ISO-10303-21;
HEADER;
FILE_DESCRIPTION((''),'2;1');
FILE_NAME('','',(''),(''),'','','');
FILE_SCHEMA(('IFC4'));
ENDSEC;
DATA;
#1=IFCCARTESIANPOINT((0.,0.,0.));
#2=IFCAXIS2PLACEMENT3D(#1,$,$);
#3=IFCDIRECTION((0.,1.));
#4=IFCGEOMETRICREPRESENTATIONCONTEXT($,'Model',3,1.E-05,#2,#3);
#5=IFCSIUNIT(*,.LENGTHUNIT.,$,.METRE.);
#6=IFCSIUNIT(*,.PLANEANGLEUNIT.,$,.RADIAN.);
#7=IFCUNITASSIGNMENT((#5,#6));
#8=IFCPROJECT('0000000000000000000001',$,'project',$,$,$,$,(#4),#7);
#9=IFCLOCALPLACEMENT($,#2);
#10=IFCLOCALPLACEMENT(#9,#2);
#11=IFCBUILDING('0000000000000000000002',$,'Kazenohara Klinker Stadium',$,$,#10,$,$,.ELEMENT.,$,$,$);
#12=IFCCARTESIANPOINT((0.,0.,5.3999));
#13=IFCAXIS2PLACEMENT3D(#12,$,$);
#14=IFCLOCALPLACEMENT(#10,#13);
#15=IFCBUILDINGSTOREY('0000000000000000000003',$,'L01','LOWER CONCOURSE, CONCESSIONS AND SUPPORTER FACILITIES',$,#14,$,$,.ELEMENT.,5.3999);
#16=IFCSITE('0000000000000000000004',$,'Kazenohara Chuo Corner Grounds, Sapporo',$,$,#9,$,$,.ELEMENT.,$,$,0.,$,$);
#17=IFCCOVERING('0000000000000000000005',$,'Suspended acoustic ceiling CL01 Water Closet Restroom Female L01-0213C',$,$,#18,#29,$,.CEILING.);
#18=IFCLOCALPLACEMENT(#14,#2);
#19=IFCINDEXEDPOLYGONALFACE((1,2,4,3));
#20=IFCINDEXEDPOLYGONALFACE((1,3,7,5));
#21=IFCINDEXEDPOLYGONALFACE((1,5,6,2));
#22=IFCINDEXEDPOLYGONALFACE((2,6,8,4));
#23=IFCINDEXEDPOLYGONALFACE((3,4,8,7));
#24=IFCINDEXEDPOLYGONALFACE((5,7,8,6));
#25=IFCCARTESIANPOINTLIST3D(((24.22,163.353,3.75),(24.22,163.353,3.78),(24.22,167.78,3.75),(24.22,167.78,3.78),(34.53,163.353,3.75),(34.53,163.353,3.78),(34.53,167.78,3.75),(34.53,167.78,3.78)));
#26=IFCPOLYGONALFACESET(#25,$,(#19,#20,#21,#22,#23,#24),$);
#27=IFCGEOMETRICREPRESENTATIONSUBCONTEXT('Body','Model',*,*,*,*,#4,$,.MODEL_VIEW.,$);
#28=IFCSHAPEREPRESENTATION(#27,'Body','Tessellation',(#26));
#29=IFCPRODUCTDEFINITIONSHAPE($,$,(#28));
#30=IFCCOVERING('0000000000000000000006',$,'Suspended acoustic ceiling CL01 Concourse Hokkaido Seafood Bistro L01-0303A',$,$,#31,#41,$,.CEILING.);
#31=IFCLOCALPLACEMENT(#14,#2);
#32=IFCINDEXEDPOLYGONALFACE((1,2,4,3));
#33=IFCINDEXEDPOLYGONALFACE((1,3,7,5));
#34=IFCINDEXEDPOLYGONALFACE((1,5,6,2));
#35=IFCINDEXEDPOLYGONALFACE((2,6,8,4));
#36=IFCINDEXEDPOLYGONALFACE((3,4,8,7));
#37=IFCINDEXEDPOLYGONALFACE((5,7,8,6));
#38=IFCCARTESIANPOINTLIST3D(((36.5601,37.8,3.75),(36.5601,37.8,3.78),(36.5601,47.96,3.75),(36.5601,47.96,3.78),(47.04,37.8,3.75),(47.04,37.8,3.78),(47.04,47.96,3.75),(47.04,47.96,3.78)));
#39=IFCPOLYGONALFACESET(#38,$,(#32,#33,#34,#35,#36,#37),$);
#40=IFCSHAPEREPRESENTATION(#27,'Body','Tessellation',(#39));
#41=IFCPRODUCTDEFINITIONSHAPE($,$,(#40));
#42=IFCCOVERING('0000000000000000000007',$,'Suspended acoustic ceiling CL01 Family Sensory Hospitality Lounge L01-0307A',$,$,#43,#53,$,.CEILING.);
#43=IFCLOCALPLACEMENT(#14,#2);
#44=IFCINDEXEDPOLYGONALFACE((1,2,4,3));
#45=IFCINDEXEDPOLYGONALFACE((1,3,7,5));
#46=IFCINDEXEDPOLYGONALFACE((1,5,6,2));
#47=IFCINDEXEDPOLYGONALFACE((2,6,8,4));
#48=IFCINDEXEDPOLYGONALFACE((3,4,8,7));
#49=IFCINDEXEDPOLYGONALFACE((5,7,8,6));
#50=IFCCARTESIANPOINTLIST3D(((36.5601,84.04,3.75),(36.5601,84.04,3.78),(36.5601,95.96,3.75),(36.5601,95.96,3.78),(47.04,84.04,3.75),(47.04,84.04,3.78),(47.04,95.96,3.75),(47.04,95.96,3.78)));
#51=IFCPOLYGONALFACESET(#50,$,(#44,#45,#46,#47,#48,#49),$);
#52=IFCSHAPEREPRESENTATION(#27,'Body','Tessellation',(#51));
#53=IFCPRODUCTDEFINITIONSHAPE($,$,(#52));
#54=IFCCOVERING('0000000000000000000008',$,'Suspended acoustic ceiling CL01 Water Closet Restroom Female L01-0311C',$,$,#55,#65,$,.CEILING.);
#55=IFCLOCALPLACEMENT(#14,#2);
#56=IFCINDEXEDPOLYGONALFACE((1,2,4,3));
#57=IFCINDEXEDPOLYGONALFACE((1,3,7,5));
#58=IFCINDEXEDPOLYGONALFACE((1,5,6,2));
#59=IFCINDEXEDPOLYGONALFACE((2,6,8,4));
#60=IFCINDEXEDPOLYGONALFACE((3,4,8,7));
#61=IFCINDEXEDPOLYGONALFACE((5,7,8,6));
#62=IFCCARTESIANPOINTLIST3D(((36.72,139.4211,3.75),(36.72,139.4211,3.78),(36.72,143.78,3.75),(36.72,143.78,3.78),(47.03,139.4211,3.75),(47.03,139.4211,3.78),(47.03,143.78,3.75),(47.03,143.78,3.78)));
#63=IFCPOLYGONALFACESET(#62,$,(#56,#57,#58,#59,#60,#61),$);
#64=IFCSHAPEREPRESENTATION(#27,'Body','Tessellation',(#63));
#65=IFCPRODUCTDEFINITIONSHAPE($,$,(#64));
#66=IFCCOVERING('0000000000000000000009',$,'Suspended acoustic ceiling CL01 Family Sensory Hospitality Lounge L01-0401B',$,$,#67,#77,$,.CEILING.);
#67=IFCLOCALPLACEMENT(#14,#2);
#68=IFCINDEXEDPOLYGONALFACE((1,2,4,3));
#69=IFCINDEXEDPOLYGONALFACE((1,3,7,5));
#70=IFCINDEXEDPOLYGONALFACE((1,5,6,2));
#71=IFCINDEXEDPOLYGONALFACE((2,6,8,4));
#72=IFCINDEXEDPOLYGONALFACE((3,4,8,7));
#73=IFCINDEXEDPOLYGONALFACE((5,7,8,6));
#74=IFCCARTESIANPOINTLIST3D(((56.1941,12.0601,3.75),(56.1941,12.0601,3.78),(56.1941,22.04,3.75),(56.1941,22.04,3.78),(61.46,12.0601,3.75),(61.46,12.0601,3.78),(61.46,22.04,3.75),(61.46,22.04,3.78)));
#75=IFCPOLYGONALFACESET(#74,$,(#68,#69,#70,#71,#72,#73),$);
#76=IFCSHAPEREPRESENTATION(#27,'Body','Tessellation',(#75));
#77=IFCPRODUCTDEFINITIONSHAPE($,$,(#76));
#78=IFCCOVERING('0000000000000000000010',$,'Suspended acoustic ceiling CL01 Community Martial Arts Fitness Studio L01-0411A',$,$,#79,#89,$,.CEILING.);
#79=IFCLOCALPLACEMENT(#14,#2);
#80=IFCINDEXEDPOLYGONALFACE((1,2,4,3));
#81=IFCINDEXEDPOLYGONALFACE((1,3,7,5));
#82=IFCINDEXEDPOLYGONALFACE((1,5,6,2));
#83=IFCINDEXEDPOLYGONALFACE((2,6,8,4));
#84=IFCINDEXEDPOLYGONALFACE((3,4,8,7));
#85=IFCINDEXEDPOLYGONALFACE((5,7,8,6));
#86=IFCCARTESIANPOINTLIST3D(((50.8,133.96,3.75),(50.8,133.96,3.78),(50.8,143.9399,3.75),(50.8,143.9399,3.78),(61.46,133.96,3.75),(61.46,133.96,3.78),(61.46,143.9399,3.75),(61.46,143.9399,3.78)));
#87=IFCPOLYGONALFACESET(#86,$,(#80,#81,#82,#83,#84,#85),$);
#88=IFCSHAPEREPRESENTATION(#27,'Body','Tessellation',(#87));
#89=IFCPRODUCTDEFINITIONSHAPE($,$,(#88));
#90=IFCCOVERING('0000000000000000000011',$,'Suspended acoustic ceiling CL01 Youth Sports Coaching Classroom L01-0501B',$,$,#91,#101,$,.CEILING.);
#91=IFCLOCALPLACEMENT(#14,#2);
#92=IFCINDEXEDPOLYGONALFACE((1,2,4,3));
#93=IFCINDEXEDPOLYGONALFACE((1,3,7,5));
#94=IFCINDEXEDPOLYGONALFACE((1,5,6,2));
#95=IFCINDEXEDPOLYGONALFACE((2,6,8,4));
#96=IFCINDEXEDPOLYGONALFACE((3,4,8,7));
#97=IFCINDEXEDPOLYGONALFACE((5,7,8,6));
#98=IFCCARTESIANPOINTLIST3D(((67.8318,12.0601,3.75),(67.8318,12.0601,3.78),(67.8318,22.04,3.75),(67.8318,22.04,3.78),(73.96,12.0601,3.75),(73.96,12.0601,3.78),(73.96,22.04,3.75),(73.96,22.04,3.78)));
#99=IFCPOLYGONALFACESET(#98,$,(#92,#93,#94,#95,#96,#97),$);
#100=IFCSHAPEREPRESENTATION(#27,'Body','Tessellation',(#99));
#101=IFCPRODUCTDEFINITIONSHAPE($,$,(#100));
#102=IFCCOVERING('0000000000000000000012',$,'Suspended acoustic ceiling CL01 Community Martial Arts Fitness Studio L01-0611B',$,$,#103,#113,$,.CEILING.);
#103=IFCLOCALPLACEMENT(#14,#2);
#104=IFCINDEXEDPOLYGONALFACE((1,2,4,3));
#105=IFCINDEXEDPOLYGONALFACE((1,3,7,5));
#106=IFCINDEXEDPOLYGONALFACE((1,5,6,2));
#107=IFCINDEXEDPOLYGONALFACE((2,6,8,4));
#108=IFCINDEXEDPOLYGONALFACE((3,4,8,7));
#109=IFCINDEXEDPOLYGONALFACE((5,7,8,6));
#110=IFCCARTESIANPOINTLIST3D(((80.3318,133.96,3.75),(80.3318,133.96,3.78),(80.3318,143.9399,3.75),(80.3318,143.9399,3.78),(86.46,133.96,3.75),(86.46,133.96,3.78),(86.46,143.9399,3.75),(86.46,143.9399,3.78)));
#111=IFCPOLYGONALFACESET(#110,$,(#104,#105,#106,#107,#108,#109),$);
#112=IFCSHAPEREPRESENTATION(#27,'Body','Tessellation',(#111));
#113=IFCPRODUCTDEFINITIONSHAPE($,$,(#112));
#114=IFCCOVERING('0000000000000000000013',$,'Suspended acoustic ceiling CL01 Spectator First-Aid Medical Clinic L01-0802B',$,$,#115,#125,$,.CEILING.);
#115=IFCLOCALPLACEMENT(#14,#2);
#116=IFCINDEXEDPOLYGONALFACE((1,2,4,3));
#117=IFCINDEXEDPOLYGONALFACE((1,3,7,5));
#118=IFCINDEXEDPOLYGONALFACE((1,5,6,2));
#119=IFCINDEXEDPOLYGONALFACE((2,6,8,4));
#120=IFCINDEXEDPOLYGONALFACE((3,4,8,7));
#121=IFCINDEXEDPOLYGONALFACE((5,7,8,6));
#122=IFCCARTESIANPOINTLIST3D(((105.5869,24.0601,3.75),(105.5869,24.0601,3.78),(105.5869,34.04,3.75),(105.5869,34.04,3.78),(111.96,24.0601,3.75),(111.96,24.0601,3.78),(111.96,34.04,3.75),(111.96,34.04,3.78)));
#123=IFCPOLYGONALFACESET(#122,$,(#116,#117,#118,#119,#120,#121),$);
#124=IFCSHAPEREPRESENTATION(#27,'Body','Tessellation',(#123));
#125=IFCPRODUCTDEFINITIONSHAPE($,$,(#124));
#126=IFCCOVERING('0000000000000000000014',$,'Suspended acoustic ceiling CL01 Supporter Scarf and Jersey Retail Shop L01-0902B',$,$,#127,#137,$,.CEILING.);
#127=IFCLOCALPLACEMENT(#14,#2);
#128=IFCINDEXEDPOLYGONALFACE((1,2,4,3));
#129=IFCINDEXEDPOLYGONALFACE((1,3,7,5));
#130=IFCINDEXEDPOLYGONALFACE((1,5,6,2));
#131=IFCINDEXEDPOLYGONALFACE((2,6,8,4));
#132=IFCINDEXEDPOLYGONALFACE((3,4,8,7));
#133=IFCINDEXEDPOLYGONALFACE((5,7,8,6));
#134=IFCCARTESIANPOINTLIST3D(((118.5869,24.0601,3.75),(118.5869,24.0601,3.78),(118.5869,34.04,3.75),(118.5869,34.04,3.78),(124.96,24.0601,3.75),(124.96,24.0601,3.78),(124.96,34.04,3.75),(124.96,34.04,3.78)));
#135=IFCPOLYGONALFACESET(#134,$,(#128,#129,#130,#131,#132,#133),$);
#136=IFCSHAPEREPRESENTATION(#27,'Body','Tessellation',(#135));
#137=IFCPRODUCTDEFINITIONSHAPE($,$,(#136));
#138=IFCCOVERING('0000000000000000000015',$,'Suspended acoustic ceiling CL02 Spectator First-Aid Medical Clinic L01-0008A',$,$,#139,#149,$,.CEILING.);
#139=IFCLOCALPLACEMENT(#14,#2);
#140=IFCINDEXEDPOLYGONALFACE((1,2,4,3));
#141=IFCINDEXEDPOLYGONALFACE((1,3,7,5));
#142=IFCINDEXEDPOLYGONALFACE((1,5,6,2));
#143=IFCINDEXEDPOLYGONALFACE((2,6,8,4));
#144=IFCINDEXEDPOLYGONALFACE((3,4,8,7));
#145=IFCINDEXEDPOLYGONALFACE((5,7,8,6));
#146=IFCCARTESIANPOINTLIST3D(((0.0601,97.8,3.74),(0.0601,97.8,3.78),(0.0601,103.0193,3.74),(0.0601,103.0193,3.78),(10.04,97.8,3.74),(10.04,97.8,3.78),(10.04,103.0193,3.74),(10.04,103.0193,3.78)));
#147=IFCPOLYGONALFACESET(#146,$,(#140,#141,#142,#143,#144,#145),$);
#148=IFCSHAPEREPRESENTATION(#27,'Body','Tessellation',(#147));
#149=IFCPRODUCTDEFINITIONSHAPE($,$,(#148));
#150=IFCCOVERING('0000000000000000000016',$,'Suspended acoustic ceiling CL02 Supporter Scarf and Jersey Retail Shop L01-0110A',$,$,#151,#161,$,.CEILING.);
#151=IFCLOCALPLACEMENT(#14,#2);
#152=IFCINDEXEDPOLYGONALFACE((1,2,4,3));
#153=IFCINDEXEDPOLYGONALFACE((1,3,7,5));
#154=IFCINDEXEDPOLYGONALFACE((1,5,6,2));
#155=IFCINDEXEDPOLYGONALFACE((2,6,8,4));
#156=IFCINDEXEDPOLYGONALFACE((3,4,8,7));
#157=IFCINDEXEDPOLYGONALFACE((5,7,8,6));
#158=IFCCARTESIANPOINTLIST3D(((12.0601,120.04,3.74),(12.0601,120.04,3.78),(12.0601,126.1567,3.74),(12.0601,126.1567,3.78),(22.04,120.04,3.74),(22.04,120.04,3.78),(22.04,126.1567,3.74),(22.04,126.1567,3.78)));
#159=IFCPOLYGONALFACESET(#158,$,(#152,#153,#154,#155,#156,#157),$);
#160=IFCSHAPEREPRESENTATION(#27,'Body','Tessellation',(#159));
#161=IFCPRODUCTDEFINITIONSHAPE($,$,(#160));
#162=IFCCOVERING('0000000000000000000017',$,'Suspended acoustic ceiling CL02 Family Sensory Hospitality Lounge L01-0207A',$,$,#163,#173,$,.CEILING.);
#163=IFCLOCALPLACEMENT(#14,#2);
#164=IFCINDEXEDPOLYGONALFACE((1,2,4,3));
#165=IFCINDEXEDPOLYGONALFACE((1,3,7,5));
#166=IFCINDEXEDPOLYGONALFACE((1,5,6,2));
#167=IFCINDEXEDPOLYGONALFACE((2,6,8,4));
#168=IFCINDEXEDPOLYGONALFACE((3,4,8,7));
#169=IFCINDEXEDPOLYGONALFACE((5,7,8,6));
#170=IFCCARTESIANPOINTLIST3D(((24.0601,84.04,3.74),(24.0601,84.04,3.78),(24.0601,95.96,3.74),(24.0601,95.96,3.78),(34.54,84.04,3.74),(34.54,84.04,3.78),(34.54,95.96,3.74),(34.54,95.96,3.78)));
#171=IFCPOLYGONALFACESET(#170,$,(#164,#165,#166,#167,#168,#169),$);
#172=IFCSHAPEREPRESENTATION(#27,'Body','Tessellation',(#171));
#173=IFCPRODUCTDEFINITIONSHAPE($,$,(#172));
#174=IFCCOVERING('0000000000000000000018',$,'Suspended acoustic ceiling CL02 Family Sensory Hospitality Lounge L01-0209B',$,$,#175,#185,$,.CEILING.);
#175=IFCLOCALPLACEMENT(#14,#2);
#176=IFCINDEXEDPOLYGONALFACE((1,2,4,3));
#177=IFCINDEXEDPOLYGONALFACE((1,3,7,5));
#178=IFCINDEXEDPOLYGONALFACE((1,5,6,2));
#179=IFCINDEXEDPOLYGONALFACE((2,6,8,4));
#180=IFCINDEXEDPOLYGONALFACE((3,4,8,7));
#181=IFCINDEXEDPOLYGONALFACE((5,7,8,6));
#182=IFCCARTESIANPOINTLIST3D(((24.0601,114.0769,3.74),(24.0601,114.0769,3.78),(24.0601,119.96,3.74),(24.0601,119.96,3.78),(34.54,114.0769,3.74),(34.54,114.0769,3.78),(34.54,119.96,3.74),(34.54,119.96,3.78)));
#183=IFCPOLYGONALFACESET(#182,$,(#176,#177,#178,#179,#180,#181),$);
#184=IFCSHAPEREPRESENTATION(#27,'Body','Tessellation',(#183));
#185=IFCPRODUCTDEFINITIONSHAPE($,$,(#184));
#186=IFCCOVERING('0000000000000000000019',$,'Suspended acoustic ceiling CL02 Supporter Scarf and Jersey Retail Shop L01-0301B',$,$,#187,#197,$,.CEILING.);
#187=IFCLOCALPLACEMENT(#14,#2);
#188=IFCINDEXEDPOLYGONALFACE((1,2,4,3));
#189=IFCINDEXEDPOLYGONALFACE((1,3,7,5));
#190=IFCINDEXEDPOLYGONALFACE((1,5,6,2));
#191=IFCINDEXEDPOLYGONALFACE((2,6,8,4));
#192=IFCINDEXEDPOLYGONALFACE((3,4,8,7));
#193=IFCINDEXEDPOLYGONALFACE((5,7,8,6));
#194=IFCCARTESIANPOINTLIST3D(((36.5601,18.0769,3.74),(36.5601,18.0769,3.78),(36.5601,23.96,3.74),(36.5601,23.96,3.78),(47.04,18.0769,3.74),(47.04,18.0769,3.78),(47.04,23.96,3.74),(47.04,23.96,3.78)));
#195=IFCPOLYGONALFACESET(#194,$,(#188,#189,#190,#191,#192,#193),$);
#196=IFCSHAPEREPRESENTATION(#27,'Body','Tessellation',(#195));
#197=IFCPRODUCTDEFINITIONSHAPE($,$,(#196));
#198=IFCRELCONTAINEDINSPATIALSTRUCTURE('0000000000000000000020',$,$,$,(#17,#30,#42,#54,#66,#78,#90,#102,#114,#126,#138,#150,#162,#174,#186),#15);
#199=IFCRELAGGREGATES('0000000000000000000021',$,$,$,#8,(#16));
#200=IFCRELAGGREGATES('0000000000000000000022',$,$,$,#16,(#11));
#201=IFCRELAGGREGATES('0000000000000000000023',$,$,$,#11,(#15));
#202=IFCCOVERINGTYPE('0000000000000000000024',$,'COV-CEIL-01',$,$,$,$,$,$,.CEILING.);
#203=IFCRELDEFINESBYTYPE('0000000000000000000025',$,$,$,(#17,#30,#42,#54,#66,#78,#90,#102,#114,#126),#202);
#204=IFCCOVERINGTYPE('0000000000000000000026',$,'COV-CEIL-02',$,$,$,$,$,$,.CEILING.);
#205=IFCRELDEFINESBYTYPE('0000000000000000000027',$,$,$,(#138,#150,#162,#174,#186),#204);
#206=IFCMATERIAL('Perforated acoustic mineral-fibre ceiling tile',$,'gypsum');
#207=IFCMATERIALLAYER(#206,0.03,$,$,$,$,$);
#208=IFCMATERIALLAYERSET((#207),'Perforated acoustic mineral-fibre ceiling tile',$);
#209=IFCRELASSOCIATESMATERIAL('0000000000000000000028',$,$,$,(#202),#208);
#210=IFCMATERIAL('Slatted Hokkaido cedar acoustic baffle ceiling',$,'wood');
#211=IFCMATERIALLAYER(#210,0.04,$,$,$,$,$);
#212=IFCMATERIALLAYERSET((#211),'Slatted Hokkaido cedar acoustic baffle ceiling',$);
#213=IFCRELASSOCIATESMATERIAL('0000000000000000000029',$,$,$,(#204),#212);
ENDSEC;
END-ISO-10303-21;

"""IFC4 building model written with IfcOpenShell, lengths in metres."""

from ifc_helpers import new_model, si_unit, direction, frame, origin, place, context, subcontext, project, spatial, polyline, outline, extrude, material, layer, layer_set, type_object, element, save


model = new_model("IFC4")

# Units and contexts
model_context = context("Model", 3, precision=1e-05, world=origin(), true_north=direction((0.0, 1.0)))
body_context = subcontext(model_context, "Body", "Model", "MODEL_VIEW")
ifc_project = project(units=[si_unit("LENGTHUNIT", "METRE"), si_unit("PLANEANGLEUNIT", "RADIAN")], contexts=[model_context])

# Site, building, storey
site_placement = place(None, origin())
site = spatial("IfcSite", under=ifc_project, at=site_placement, Name="Kazenohara Chuo Corner Grounds, Sapporo", CompositionType="ELEMENT", RefElevation=0.0)
building_placement = place(site_placement, origin())
building = spatial("IfcBuilding", under=site, at=building_placement, Name="Kazenohara Klinker Stadium", CompositionType="ELEMENT")
storey_placement = place(building_placement, frame((0.0, 0.0, 5.3999)))
storey = spatial("IfcBuildingStorey", under=building, at=storey_placement, Name="L01", Description="LOWER CONCOURSE, CONCESSIONS AND SUPPORTER FACILITIES", CompositionType="ELEMENT", Elevation=5.3999)

# Coverings
ifc_material_1 = material(Name="Perforated acoustic mineral-fibre ceiling tile", Category="gypsum")
ifc_layer_1 = layer(ifc_material_1, 0.03)
ifc_layer_set_1 = layer_set([ifc_layer_1], Name="Perforated acoustic mineral-fibre ceiling tile")
covering_type_1 = type_object("IfcCoveringType", Name="COV-CEIL-01", PredefinedType="CEILING", material=ifc_layer_set_1)
covering_1_placement = place(storey_placement, frame((0.0, 0.0, 3.75)))
element("IfcCovering", 1, at=covering_1_placement, inside=storey, type_object=covering_type_1, Name="Suspended acoustic ceiling CL01 Water Closet Restroom Female L01-0213C", PredefinedType="CEILING", context=body_context, shape_type="SweptSolid", body=[
    extrude(outline(polyline([(24.22, 163.353), (34.53, 163.353), (34.53, 167.78), (24.22, 167.78), (24.22, 163.353)])), origin(), (0.0, 0.0, 1.0), 0.03),
])
covering_2_placement = place(storey_placement, frame((0.0, 0.0, 3.75)))
element("IfcCovering", 2, at=covering_2_placement, inside=storey, type_object=covering_type_1, Name="Suspended acoustic ceiling CL01 Concourse Hokkaido Seafood Bistro L01-0303A", PredefinedType="CEILING", context=body_context, shape_type="SweptSolid", body=[
    extrude(outline(polyline([(36.5601, 37.8), (47.04, 37.8), (47.04, 47.96), (36.5601, 47.96), (36.5601, 37.8)])), origin(), (0.0, 0.0, 1.0), 0.03),
])
covering_3_placement = place(storey_placement, frame((0.0, 0.0, 3.75)))
element("IfcCovering", 3, at=covering_3_placement, inside=storey, type_object=covering_type_1, Name="Suspended acoustic ceiling CL01 Family Sensory Hospitality Lounge L01-0307A", PredefinedType="CEILING", context=body_context, shape_type="SweptSolid", body=[
    extrude(outline(polyline([(36.5601, 84.04), (47.04, 84.04), (47.04, 95.96), (36.5601, 95.96), (36.5601, 84.04)])), origin(), (0.0, 0.0, 1.0), 0.03),
])
covering_4_placement = place(storey_placement, frame((0.0, 0.0, 3.75)))
element("IfcCovering", 4, at=covering_4_placement, inside=storey, type_object=covering_type_1, Name="Suspended acoustic ceiling CL01 Water Closet Restroom Female L01-0311C", PredefinedType="CEILING", context=body_context, shape_type="SweptSolid", body=[
    extrude(outline(polyline([(36.72, 139.4211), (47.03, 139.4211), (47.03, 143.78), (36.72, 143.78), (36.72, 139.4211)])), origin(), (0.0, 0.0, 1.0), 0.03),
])
covering_5_placement = place(storey_placement, frame((0.0, 0.0, 3.75)))
element("IfcCovering", 5, at=covering_5_placement, inside=storey, type_object=covering_type_1, Name="Suspended acoustic ceiling CL01 Family Sensory Hospitality Lounge L01-0401B", PredefinedType="CEILING", context=body_context, shape_type="SweptSolid", body=[
    extrude(outline(polyline([(56.1941, 12.0601), (61.46, 12.0601), (61.46, 22.04), (56.1941, 22.04), (56.1941, 12.0601)])), origin(), (0.0, 0.0, 1.0), 0.03),
])
covering_6_placement = place(storey_placement, frame((0.0, 0.0, 3.75)))
element("IfcCovering", 6, at=covering_6_placement, inside=storey, type_object=covering_type_1, Name="Suspended acoustic ceiling CL01 Community Martial Arts Fitness Studio L01-0411A", PredefinedType="CEILING", context=body_context, shape_type="SweptSolid", body=[
    extrude(outline(polyline([(50.8, 133.96), (61.46, 133.96), (61.46, 143.9399), (50.8, 143.9399), (50.8, 133.96)])), origin(), (0.0, 0.0, 1.0), 0.03),
])
covering_7_placement = place(storey_placement, frame((0.0, 0.0, 3.75)))
element("IfcCovering", 7, at=covering_7_placement, inside=storey, type_object=covering_type_1, Name="Suspended acoustic ceiling CL01 Youth Sports Coaching Classroom L01-0501B", PredefinedType="CEILING", context=body_context, shape_type="SweptSolid", body=[
    extrude(outline(polyline([(67.8318, 12.0601), (73.96, 12.0601), (73.96, 22.04), (67.8318, 22.04), (67.8318, 12.0601)])), origin(), (0.0, 0.0, 1.0), 0.03),
])
covering_8_placement = place(storey_placement, frame((0.0, 0.0, 3.75)))
element("IfcCovering", 8, at=covering_8_placement, inside=storey, type_object=covering_type_1, Name="Suspended acoustic ceiling CL01 Community Martial Arts Fitness Studio L01-0611B", PredefinedType="CEILING", context=body_context, shape_type="SweptSolid", body=[
    extrude(outline(polyline([(80.3318, 133.96), (86.46, 133.96), (86.46, 143.9399), (80.3318, 143.9399), (80.3318, 133.96)])), origin(), (0.0, 0.0, 1.0), 0.03),
])
covering_9_placement = place(storey_placement, frame((0.0, 0.0, 3.75)))
element("IfcCovering", 9, at=covering_9_placement, inside=storey, type_object=covering_type_1, Name="Suspended acoustic ceiling CL01 Spectator First-Aid Medical Clinic L01-0802B", PredefinedType="CEILING", context=body_context, shape_type="SweptSolid", body=[
    extrude(outline(polyline([(105.5869, 24.0601), (111.96, 24.0601), (111.96, 34.04), (105.5869, 34.04), (105.5869, 24.0601)])), origin(), (0.0, 0.0, 1.0), 0.03),
])
covering_10_placement = place(storey_placement, frame((0.0, 0.0, 3.75)))
element("IfcCovering", 10, at=covering_10_placement, inside=storey, type_object=covering_type_1, Name="Suspended acoustic ceiling CL01 Supporter Scarf and Jersey Retail Shop L01-0902B", PredefinedType="CEILING", context=body_context, shape_type="SweptSolid", body=[
    extrude(outline(polyline([(118.5869, 24.0601), (124.96, 24.0601), (124.96, 34.04), (118.5869, 34.04), (118.5869, 24.0601)])), origin(), (0.0, 0.0, 1.0), 0.03),
])
ifc_material_2 = material(Name="Slatted Hokkaido cedar acoustic baffle ceiling", Category="wood")
ifc_layer_2 = layer(ifc_material_2, 0.04)
ifc_layer_set_2 = layer_set([ifc_layer_2], Name="Slatted Hokkaido cedar acoustic baffle ceiling")
covering_type_2 = type_object("IfcCoveringType", Name="COV-CEIL-02", PredefinedType="CEILING", material=ifc_layer_set_2)
covering_11_placement = place(storey_placement, frame((0.0, 0.0, 3.74)))
element("IfcCovering", 11, at=covering_11_placement, inside=storey, type_object=covering_type_2, Name="Suspended acoustic ceiling CL02 Spectator First-Aid Medical Clinic L01-0008A", PredefinedType="CEILING", context=body_context, shape_type="SweptSolid", body=[
    extrude(outline(polyline([(0.0601, 97.8), (10.04, 97.8), (10.04, 103.0193), (0.0601, 103.0193), (0.0601, 97.8)])), origin(), (0.0, 0.0, 1.0), 0.04),
])
covering_12_placement = place(storey_placement, frame((0.0, 0.0, 3.74)))
element("IfcCovering", 12, at=covering_12_placement, inside=storey, type_object=covering_type_2, Name="Suspended acoustic ceiling CL02 Supporter Scarf and Jersey Retail Shop L01-0110A", PredefinedType="CEILING", context=body_context, shape_type="SweptSolid", body=[
    extrude(outline(polyline([(12.0601, 120.04), (22.04, 120.04), (22.04, 126.1567), (12.0601, 126.1567), (12.0601, 120.04)])), origin(), (0.0, 0.0, 1.0), 0.04),
])
covering_13_placement = place(storey_placement, frame((0.0, 0.0, 3.74)))
element("IfcCovering", 13, at=covering_13_placement, inside=storey, type_object=covering_type_2, Name="Suspended acoustic ceiling CL02 Family Sensory Hospitality Lounge L01-0207A", PredefinedType="CEILING", context=body_context, shape_type="SweptSolid", body=[
    extrude(outline(polyline([(24.0601, 84.04), (34.54, 84.04), (34.54, 95.96), (24.0601, 95.96), (24.0601, 84.04)])), origin(), (0.0, 0.0, 1.0), 0.04),
])
covering_14_placement = place(storey_placement, frame((0.0, 0.0, 3.74)))
element("IfcCovering", 14, at=covering_14_placement, inside=storey, type_object=covering_type_2, Name="Suspended acoustic ceiling CL02 Family Sensory Hospitality Lounge L01-0209B", PredefinedType="CEILING", context=body_context, shape_type="SweptSolid", body=[
    extrude(outline(polyline([(24.0601, 114.0769), (34.54, 114.0769), (34.54, 119.96), (24.0601, 119.96), (24.0601, 114.0769)])), origin(), (0.0, 0.0, 1.0), 0.04),
])
covering_15_placement = place(storey_placement, frame((0.0, 0.0, 3.74)))
element("IfcCovering", 15, at=covering_15_placement, inside=storey, type_object=covering_type_2, Name="Suspended acoustic ceiling CL02 Supporter Scarf and Jersey Retail Shop L01-0301B", PredefinedType="CEILING", context=body_context, shape_type="SweptSolid", body=[
    extrude(outline(polyline([(36.5601, 18.0769), (47.04, 18.0769), (47.04, 23.96), (36.5601, 23.96), (36.5601, 18.0769)])), origin(), (0.0, 0.0, 1.0), 0.04),
])

save(model, "model.ifc")
